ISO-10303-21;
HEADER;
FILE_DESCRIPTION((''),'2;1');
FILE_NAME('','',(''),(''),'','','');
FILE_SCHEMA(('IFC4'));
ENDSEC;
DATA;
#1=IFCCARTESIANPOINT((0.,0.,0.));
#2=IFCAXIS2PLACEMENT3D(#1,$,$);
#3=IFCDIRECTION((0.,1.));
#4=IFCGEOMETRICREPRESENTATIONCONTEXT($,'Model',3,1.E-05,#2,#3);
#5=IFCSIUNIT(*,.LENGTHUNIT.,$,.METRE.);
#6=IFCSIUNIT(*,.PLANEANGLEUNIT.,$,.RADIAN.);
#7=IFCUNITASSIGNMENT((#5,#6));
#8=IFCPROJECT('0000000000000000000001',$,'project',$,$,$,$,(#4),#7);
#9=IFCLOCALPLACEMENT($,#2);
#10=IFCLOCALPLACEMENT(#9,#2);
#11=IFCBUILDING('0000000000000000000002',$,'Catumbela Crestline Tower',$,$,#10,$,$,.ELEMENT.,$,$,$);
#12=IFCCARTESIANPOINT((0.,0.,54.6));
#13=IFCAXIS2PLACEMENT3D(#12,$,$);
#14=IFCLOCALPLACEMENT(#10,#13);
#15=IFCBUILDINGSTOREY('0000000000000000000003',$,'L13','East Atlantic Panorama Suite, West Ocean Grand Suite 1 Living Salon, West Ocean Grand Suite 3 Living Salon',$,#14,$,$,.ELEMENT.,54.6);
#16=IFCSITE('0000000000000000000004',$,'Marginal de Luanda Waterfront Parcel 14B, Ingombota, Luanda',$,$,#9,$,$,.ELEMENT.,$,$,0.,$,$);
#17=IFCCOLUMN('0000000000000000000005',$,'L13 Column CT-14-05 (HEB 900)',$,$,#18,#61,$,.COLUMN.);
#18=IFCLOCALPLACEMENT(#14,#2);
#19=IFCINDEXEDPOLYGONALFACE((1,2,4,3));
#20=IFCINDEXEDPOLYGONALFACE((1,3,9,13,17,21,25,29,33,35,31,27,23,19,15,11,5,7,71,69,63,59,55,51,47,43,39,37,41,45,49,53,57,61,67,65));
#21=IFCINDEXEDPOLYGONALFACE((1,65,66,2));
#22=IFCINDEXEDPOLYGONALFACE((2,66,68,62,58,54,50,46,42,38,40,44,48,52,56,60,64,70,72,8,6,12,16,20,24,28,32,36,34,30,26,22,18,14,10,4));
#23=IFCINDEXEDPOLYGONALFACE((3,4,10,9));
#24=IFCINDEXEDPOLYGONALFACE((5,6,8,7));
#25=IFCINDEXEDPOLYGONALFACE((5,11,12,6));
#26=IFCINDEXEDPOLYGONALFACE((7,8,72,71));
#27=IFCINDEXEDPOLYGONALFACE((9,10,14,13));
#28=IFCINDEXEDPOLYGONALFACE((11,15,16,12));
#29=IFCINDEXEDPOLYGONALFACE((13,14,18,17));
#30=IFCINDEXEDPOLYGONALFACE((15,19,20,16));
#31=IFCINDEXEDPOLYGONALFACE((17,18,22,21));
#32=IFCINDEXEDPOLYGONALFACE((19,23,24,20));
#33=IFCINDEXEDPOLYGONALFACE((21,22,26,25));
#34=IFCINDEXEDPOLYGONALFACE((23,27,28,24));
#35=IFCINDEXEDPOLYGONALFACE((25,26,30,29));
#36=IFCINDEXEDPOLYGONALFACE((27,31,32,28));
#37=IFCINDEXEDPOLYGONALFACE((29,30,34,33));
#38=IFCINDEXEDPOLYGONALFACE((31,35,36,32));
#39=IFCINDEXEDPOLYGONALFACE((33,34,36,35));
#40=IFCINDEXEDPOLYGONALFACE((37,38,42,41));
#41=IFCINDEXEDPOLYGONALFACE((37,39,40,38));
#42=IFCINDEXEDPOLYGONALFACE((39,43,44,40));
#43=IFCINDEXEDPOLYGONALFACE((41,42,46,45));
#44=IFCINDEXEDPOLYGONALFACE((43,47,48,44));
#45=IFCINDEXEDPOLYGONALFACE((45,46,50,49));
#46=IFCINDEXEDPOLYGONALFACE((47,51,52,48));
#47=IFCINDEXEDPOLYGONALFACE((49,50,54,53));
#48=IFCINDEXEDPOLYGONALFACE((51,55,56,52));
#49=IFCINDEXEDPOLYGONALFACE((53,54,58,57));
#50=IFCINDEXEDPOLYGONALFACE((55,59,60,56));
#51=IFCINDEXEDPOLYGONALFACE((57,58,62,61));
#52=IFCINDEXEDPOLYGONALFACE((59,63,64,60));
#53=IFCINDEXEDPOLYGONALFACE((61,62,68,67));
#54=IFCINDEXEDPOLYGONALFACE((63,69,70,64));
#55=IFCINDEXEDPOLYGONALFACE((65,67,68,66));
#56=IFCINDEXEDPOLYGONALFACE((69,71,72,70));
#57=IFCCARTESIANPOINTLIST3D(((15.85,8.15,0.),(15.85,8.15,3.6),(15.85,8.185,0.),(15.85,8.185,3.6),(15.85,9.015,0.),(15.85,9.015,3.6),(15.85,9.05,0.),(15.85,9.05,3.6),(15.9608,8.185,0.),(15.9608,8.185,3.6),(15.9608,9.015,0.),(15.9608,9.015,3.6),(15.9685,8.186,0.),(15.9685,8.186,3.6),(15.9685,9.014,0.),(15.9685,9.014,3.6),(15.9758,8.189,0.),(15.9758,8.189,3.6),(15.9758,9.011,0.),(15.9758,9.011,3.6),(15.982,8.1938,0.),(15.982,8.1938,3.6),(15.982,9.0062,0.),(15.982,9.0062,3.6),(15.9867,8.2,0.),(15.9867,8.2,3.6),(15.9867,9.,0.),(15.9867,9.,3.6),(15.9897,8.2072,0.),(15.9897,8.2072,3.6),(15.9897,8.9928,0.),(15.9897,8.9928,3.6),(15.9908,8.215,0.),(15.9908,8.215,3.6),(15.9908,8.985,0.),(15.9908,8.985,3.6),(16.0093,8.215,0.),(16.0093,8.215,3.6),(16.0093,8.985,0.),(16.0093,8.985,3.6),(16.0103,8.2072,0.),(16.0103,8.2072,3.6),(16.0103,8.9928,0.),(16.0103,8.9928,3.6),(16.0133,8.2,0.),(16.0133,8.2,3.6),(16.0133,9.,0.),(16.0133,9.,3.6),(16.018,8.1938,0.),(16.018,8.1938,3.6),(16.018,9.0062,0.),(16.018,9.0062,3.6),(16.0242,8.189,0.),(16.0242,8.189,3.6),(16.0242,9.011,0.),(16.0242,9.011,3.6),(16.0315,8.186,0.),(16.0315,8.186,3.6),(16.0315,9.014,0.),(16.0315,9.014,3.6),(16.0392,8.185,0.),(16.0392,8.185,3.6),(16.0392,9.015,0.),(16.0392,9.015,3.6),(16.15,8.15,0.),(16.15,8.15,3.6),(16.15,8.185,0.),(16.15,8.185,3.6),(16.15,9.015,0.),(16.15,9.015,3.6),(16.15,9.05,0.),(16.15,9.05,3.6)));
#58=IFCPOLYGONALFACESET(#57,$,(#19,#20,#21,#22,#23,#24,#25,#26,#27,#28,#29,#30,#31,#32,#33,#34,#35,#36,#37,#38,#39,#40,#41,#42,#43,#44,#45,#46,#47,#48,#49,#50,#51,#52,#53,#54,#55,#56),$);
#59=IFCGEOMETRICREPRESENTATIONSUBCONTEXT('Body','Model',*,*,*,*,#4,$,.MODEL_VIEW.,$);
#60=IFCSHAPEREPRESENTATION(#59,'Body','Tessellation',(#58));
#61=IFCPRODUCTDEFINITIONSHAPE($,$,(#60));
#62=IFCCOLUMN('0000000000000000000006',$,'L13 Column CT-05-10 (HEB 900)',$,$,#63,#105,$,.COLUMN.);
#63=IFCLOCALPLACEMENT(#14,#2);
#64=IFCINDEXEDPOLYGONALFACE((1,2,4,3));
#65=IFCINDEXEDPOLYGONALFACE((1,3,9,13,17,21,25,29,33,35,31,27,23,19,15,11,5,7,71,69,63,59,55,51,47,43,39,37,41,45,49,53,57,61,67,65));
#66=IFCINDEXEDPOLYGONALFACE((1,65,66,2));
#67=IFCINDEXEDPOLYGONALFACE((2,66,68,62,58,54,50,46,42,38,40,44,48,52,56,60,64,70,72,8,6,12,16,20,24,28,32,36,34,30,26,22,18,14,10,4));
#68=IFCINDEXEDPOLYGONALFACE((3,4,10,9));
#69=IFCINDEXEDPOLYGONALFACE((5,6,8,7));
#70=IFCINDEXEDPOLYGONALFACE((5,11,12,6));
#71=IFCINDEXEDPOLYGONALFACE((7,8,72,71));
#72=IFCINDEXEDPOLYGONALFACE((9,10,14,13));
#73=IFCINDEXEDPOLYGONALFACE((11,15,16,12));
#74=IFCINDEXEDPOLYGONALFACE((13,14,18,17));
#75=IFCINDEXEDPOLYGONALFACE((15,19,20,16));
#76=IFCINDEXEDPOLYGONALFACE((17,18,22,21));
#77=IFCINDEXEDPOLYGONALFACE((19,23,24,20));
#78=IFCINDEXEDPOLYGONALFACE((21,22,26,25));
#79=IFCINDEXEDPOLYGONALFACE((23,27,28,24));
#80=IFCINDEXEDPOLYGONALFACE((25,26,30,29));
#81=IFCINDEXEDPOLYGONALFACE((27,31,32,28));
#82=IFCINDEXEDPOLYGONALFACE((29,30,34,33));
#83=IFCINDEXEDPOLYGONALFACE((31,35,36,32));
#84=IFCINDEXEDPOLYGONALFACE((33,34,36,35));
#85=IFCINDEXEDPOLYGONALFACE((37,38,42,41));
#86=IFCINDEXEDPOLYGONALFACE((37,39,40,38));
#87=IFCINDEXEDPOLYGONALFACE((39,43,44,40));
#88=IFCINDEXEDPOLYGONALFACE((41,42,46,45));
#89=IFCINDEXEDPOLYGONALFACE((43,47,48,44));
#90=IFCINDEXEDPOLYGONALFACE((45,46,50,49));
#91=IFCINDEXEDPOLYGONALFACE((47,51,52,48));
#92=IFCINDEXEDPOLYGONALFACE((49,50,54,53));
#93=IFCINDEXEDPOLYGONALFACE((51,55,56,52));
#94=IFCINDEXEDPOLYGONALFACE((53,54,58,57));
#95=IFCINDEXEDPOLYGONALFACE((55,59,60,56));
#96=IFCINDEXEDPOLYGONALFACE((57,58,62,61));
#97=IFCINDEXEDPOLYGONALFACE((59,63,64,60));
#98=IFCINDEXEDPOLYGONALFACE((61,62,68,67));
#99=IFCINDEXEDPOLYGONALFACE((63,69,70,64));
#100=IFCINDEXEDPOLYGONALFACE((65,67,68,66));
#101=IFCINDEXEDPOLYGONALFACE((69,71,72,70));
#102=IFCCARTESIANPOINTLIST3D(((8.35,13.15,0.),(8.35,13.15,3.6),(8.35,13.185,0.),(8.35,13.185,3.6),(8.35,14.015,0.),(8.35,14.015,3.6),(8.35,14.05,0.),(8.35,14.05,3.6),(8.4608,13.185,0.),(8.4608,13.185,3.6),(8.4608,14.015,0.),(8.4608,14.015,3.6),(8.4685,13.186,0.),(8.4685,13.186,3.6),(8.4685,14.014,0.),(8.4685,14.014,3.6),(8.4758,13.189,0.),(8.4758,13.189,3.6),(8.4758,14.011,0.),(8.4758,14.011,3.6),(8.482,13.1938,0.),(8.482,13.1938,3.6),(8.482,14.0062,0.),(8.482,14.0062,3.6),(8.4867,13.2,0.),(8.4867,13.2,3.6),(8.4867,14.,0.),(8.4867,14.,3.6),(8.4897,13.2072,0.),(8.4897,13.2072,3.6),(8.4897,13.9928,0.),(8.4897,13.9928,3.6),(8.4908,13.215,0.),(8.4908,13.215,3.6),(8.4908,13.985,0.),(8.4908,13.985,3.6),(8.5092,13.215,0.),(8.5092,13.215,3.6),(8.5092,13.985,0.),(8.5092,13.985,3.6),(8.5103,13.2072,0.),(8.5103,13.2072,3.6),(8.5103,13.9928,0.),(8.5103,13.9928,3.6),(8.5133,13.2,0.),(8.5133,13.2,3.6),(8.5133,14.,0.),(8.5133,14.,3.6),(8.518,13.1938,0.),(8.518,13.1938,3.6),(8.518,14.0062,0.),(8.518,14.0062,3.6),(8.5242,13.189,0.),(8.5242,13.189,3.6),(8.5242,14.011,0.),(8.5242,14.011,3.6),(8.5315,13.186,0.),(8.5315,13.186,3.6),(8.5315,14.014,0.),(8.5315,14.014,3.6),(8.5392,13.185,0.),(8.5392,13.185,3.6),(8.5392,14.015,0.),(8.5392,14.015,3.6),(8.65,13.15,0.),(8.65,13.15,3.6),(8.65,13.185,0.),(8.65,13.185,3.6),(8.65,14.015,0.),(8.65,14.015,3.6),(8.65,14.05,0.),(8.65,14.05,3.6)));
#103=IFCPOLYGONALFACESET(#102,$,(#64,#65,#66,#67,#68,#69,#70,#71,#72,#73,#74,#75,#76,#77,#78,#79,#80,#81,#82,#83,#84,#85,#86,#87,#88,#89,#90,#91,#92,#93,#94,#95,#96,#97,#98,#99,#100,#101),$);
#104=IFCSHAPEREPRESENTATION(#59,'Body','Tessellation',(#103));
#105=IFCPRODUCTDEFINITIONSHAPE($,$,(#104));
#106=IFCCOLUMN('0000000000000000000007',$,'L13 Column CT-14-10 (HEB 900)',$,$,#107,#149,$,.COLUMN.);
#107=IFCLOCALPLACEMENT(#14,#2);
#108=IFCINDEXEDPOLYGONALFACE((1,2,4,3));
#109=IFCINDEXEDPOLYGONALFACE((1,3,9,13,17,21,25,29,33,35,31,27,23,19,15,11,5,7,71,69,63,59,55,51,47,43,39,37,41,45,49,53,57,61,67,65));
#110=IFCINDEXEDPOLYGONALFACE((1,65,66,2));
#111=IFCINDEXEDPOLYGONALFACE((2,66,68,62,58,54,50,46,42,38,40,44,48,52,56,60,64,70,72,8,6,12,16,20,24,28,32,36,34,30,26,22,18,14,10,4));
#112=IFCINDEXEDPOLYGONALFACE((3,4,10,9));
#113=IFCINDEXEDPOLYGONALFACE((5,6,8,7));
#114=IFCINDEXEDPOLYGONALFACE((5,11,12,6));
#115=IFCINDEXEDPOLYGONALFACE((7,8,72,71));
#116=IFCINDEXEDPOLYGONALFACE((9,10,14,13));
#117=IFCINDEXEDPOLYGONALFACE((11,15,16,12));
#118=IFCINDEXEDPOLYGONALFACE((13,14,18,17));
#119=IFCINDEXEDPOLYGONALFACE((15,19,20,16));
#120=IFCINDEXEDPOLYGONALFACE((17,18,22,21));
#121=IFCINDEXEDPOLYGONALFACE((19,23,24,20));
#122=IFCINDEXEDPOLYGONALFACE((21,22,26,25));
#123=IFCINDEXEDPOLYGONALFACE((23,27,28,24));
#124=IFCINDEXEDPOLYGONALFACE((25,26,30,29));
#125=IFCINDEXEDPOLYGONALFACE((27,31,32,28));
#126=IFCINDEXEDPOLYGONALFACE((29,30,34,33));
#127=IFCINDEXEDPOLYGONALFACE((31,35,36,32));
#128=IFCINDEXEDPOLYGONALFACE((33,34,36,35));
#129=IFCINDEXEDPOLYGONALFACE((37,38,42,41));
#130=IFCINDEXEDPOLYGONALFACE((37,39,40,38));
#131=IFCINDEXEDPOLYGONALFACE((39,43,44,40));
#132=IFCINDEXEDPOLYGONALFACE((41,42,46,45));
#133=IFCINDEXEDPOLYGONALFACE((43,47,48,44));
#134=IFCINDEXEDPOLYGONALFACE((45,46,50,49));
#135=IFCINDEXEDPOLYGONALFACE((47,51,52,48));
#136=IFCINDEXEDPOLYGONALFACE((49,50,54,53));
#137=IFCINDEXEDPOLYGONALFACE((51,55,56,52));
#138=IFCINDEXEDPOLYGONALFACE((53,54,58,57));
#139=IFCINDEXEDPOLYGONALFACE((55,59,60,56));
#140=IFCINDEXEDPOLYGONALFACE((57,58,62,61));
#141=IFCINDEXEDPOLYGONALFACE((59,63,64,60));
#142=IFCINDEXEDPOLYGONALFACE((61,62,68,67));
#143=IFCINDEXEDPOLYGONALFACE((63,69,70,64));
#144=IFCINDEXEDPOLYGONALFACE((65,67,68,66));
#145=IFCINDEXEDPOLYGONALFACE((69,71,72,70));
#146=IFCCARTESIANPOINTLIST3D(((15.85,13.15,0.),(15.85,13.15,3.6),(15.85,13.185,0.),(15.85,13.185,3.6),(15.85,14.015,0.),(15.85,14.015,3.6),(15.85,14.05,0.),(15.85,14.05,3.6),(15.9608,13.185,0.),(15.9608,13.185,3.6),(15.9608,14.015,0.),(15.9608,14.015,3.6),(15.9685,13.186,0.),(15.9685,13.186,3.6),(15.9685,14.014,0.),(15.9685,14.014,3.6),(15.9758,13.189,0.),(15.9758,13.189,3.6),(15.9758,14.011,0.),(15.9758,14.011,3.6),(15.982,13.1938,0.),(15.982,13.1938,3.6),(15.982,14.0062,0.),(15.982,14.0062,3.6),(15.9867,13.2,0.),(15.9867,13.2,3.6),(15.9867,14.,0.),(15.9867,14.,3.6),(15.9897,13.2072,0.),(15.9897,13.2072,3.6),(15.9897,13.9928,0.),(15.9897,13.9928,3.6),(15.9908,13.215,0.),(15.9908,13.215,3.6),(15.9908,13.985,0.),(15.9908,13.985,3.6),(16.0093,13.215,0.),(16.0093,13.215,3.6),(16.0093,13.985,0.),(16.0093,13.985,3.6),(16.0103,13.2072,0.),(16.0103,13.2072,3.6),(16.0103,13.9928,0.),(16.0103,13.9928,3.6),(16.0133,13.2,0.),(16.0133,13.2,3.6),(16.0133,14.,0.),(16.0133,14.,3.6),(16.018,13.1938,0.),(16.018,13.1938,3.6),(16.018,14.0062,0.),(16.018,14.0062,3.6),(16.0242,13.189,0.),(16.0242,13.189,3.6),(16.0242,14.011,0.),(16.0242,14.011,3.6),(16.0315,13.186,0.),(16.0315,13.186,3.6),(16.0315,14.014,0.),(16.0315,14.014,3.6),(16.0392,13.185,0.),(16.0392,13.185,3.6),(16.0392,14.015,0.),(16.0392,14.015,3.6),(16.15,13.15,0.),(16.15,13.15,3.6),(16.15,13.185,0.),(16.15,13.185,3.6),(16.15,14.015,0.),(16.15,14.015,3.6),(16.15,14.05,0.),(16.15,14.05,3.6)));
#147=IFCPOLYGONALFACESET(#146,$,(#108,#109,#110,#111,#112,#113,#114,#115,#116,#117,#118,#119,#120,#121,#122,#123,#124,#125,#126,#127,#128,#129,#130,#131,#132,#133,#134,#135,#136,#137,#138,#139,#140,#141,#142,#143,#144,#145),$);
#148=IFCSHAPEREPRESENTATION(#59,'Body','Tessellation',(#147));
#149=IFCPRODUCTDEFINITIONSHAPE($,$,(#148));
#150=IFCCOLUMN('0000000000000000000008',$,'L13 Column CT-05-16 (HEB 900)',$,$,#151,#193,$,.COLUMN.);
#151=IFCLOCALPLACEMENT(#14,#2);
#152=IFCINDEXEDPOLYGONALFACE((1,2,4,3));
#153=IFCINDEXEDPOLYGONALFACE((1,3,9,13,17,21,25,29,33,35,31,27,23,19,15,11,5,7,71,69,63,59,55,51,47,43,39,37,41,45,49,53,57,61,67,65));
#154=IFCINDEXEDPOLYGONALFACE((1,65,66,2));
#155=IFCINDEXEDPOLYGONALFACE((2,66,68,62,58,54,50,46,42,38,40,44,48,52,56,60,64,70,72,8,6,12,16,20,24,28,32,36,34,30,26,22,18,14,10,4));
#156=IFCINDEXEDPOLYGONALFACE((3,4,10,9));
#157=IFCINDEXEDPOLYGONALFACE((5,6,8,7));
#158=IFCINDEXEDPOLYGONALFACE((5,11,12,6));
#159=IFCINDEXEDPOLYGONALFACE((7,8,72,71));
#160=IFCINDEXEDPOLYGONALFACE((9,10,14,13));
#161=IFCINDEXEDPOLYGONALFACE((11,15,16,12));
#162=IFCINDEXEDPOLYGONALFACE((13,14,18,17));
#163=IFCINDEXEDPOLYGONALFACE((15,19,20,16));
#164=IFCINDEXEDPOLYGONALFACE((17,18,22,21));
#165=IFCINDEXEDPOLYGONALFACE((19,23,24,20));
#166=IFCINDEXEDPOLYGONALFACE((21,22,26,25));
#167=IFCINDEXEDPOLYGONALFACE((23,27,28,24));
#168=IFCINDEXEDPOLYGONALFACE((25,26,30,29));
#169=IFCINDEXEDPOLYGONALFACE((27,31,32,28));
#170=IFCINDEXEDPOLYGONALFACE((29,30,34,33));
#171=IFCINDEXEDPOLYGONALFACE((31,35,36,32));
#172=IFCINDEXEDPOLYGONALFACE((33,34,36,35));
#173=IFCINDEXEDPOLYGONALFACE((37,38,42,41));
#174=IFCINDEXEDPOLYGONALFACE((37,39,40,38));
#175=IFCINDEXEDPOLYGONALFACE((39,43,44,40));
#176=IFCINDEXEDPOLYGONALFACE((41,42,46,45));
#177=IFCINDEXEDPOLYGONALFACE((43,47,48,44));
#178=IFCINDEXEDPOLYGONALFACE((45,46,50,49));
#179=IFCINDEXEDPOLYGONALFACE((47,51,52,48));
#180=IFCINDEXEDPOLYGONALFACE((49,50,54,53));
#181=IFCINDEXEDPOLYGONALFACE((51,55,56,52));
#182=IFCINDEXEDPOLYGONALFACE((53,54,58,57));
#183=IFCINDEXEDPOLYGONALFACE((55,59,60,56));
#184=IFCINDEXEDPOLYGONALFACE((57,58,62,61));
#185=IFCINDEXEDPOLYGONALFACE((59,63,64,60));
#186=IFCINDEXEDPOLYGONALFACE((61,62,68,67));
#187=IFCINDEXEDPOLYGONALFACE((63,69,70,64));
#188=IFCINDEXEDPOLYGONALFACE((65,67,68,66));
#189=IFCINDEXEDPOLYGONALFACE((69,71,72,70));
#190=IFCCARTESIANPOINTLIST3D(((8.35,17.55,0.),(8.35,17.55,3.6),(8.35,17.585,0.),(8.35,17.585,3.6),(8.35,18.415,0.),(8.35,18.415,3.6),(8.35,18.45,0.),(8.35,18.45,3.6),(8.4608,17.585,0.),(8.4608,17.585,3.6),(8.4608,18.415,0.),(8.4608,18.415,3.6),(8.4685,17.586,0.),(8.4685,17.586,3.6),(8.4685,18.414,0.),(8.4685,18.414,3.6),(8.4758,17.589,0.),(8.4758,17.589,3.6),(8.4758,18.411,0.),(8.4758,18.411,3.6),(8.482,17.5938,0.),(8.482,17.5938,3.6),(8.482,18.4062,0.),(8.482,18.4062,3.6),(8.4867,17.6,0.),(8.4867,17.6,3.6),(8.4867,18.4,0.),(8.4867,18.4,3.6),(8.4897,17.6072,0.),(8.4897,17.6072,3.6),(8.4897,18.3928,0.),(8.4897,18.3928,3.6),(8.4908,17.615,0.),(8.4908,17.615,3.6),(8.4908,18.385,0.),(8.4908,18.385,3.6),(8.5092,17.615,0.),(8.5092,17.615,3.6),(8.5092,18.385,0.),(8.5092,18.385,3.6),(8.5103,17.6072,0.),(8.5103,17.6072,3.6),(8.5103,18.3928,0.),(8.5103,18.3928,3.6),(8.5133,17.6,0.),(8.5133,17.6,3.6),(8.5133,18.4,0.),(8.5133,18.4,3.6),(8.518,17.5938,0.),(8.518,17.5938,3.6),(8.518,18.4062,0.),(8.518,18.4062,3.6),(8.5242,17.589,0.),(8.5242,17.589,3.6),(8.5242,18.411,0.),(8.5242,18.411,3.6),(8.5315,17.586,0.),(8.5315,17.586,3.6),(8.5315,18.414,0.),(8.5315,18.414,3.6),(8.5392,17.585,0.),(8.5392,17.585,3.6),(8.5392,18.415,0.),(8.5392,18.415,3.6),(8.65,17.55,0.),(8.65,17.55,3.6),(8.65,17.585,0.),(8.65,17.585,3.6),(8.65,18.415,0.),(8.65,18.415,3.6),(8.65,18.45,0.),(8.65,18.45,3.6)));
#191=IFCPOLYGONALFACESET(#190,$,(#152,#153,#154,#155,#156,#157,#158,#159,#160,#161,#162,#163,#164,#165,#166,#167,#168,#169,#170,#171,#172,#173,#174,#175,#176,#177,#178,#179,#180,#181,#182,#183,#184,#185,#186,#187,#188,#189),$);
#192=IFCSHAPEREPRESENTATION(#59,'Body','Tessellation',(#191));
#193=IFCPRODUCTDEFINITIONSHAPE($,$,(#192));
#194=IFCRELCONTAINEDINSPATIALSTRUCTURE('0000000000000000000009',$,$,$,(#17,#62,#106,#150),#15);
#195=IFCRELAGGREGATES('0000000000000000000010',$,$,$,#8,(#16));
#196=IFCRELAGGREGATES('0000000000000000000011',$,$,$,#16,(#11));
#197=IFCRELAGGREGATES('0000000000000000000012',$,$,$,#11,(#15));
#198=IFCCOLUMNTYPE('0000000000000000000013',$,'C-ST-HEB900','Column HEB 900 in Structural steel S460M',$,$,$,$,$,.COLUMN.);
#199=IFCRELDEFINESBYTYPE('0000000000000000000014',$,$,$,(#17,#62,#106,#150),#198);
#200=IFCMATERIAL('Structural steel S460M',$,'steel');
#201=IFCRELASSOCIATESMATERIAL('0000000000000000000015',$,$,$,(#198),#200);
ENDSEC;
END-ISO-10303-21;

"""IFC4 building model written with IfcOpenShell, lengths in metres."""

from ifc_helpers import new_model, si_unit, direction, frame, origin, origin_2d, place, context, subcontext, project, spatial, i_section, extrude, material, material_profile, profile_set, type_object, element, save


model = new_model("IFC4")

# Units and contexts
model_context = context("Model", 3, precision=1e-05, world=origin(), true_north=direction((0.0, 1.0)))
body_context = subcontext(model_context, "Body", "Model", "MODEL_VIEW")
ifc_project = project(units=[si_unit("LENGTHUNIT", "METRE"), si_unit("PLANEANGLEUNIT", "RADIAN")], contexts=[model_context])

# Site, building, storey
site_placement = place(None, origin())
site = spatial("IfcSite", under=ifc_project, at=site_placement, Name="Marginal de Luanda Waterfront Parcel 14B, Ingombota, Luanda", CompositionType="ELEMENT", RefElevation=0.0)
building_placement = place(site_placement, origin())
building = spatial("IfcBuilding", under=site, at=building_placement, Name="Catumbela Crestline Tower", CompositionType="ELEMENT")
storey_placement = place(building_placement, frame((0.0, 0.0, 54.6)))
storey = spatial("IfcBuildingStorey", under=building, at=storey_placement, Name="L13", Description="East Atlantic Panorama Suite, West Ocean Grand Suite 1 Living Salon, West Ocean Grand Suite 3 Living Salon", CompositionType="ELEMENT", Elevation=54.6)

# Columns
ifc_material_1 = material(Name="Structural steel S460M", Category="steel")
ifc_material_profile_1 = material_profile(ifc_material_1, i_section(OverallWidth=0.3, OverallDepth=0.9, WebThickness=0.0185, FlangeThickness=0.035, FilletRadius=0.03, at=origin_2d()), Name="HEB 900")
ifc_profile_set_1 = profile_set([ifc_material_profile_1], Name="Structural steel S460M")
column_type = type_object("IfcColumnType", Name="C-ST-HEB900", Description="Column HEB 900 in Structural steel S460M", PredefinedType="COLUMN", material=ifc_profile_set_1)
for number, where, z_axis, x_axis, name in (
    (1, (16.0, 8.6, 0.0), (0.0, 0.0, 1.0), (1.0, 0.0, 0.0), "L13 Column CT-14-05 (HEB 900)"),
    (2, (8.5, 13.6, 0.0), (0.0, 0.0, 1.0), (1.0, 0.0, 0.0), "L13 Column CT-05-10 (HEB 900)"),
    (3, (16.0, 13.6, 0.0), (0.0, 0.0, 1.0), (1.0, 0.0, 0.0), "L13 Column CT-14-10 (HEB 900)"),
    (4, (8.5, 18.0, 0.0), (0.0, 0.0, 1.0), (1.0, 0.0, 0.0), "L13 Column CT-05-16 (HEB 900)"),
):
    element("IfcColumn", number, at=place(storey_placement, frame(where, z_axis=z_axis, x_axis=x_axis)), inside=storey, type_object=column_type, Name=name, PredefinedType="COLUMN", context=body_context, shape_type="SweptSolid", body=[
        extrude(i_section(OverallWidth=0.3, OverallDepth=0.9, WebThickness=0.0185, FlangeThickness=0.035, FilletRadius=0.03, at=origin_2d()), origin(), (0.0, 0.0, 1.0), 3.6),
    ])

save(model, "model.ifc")
